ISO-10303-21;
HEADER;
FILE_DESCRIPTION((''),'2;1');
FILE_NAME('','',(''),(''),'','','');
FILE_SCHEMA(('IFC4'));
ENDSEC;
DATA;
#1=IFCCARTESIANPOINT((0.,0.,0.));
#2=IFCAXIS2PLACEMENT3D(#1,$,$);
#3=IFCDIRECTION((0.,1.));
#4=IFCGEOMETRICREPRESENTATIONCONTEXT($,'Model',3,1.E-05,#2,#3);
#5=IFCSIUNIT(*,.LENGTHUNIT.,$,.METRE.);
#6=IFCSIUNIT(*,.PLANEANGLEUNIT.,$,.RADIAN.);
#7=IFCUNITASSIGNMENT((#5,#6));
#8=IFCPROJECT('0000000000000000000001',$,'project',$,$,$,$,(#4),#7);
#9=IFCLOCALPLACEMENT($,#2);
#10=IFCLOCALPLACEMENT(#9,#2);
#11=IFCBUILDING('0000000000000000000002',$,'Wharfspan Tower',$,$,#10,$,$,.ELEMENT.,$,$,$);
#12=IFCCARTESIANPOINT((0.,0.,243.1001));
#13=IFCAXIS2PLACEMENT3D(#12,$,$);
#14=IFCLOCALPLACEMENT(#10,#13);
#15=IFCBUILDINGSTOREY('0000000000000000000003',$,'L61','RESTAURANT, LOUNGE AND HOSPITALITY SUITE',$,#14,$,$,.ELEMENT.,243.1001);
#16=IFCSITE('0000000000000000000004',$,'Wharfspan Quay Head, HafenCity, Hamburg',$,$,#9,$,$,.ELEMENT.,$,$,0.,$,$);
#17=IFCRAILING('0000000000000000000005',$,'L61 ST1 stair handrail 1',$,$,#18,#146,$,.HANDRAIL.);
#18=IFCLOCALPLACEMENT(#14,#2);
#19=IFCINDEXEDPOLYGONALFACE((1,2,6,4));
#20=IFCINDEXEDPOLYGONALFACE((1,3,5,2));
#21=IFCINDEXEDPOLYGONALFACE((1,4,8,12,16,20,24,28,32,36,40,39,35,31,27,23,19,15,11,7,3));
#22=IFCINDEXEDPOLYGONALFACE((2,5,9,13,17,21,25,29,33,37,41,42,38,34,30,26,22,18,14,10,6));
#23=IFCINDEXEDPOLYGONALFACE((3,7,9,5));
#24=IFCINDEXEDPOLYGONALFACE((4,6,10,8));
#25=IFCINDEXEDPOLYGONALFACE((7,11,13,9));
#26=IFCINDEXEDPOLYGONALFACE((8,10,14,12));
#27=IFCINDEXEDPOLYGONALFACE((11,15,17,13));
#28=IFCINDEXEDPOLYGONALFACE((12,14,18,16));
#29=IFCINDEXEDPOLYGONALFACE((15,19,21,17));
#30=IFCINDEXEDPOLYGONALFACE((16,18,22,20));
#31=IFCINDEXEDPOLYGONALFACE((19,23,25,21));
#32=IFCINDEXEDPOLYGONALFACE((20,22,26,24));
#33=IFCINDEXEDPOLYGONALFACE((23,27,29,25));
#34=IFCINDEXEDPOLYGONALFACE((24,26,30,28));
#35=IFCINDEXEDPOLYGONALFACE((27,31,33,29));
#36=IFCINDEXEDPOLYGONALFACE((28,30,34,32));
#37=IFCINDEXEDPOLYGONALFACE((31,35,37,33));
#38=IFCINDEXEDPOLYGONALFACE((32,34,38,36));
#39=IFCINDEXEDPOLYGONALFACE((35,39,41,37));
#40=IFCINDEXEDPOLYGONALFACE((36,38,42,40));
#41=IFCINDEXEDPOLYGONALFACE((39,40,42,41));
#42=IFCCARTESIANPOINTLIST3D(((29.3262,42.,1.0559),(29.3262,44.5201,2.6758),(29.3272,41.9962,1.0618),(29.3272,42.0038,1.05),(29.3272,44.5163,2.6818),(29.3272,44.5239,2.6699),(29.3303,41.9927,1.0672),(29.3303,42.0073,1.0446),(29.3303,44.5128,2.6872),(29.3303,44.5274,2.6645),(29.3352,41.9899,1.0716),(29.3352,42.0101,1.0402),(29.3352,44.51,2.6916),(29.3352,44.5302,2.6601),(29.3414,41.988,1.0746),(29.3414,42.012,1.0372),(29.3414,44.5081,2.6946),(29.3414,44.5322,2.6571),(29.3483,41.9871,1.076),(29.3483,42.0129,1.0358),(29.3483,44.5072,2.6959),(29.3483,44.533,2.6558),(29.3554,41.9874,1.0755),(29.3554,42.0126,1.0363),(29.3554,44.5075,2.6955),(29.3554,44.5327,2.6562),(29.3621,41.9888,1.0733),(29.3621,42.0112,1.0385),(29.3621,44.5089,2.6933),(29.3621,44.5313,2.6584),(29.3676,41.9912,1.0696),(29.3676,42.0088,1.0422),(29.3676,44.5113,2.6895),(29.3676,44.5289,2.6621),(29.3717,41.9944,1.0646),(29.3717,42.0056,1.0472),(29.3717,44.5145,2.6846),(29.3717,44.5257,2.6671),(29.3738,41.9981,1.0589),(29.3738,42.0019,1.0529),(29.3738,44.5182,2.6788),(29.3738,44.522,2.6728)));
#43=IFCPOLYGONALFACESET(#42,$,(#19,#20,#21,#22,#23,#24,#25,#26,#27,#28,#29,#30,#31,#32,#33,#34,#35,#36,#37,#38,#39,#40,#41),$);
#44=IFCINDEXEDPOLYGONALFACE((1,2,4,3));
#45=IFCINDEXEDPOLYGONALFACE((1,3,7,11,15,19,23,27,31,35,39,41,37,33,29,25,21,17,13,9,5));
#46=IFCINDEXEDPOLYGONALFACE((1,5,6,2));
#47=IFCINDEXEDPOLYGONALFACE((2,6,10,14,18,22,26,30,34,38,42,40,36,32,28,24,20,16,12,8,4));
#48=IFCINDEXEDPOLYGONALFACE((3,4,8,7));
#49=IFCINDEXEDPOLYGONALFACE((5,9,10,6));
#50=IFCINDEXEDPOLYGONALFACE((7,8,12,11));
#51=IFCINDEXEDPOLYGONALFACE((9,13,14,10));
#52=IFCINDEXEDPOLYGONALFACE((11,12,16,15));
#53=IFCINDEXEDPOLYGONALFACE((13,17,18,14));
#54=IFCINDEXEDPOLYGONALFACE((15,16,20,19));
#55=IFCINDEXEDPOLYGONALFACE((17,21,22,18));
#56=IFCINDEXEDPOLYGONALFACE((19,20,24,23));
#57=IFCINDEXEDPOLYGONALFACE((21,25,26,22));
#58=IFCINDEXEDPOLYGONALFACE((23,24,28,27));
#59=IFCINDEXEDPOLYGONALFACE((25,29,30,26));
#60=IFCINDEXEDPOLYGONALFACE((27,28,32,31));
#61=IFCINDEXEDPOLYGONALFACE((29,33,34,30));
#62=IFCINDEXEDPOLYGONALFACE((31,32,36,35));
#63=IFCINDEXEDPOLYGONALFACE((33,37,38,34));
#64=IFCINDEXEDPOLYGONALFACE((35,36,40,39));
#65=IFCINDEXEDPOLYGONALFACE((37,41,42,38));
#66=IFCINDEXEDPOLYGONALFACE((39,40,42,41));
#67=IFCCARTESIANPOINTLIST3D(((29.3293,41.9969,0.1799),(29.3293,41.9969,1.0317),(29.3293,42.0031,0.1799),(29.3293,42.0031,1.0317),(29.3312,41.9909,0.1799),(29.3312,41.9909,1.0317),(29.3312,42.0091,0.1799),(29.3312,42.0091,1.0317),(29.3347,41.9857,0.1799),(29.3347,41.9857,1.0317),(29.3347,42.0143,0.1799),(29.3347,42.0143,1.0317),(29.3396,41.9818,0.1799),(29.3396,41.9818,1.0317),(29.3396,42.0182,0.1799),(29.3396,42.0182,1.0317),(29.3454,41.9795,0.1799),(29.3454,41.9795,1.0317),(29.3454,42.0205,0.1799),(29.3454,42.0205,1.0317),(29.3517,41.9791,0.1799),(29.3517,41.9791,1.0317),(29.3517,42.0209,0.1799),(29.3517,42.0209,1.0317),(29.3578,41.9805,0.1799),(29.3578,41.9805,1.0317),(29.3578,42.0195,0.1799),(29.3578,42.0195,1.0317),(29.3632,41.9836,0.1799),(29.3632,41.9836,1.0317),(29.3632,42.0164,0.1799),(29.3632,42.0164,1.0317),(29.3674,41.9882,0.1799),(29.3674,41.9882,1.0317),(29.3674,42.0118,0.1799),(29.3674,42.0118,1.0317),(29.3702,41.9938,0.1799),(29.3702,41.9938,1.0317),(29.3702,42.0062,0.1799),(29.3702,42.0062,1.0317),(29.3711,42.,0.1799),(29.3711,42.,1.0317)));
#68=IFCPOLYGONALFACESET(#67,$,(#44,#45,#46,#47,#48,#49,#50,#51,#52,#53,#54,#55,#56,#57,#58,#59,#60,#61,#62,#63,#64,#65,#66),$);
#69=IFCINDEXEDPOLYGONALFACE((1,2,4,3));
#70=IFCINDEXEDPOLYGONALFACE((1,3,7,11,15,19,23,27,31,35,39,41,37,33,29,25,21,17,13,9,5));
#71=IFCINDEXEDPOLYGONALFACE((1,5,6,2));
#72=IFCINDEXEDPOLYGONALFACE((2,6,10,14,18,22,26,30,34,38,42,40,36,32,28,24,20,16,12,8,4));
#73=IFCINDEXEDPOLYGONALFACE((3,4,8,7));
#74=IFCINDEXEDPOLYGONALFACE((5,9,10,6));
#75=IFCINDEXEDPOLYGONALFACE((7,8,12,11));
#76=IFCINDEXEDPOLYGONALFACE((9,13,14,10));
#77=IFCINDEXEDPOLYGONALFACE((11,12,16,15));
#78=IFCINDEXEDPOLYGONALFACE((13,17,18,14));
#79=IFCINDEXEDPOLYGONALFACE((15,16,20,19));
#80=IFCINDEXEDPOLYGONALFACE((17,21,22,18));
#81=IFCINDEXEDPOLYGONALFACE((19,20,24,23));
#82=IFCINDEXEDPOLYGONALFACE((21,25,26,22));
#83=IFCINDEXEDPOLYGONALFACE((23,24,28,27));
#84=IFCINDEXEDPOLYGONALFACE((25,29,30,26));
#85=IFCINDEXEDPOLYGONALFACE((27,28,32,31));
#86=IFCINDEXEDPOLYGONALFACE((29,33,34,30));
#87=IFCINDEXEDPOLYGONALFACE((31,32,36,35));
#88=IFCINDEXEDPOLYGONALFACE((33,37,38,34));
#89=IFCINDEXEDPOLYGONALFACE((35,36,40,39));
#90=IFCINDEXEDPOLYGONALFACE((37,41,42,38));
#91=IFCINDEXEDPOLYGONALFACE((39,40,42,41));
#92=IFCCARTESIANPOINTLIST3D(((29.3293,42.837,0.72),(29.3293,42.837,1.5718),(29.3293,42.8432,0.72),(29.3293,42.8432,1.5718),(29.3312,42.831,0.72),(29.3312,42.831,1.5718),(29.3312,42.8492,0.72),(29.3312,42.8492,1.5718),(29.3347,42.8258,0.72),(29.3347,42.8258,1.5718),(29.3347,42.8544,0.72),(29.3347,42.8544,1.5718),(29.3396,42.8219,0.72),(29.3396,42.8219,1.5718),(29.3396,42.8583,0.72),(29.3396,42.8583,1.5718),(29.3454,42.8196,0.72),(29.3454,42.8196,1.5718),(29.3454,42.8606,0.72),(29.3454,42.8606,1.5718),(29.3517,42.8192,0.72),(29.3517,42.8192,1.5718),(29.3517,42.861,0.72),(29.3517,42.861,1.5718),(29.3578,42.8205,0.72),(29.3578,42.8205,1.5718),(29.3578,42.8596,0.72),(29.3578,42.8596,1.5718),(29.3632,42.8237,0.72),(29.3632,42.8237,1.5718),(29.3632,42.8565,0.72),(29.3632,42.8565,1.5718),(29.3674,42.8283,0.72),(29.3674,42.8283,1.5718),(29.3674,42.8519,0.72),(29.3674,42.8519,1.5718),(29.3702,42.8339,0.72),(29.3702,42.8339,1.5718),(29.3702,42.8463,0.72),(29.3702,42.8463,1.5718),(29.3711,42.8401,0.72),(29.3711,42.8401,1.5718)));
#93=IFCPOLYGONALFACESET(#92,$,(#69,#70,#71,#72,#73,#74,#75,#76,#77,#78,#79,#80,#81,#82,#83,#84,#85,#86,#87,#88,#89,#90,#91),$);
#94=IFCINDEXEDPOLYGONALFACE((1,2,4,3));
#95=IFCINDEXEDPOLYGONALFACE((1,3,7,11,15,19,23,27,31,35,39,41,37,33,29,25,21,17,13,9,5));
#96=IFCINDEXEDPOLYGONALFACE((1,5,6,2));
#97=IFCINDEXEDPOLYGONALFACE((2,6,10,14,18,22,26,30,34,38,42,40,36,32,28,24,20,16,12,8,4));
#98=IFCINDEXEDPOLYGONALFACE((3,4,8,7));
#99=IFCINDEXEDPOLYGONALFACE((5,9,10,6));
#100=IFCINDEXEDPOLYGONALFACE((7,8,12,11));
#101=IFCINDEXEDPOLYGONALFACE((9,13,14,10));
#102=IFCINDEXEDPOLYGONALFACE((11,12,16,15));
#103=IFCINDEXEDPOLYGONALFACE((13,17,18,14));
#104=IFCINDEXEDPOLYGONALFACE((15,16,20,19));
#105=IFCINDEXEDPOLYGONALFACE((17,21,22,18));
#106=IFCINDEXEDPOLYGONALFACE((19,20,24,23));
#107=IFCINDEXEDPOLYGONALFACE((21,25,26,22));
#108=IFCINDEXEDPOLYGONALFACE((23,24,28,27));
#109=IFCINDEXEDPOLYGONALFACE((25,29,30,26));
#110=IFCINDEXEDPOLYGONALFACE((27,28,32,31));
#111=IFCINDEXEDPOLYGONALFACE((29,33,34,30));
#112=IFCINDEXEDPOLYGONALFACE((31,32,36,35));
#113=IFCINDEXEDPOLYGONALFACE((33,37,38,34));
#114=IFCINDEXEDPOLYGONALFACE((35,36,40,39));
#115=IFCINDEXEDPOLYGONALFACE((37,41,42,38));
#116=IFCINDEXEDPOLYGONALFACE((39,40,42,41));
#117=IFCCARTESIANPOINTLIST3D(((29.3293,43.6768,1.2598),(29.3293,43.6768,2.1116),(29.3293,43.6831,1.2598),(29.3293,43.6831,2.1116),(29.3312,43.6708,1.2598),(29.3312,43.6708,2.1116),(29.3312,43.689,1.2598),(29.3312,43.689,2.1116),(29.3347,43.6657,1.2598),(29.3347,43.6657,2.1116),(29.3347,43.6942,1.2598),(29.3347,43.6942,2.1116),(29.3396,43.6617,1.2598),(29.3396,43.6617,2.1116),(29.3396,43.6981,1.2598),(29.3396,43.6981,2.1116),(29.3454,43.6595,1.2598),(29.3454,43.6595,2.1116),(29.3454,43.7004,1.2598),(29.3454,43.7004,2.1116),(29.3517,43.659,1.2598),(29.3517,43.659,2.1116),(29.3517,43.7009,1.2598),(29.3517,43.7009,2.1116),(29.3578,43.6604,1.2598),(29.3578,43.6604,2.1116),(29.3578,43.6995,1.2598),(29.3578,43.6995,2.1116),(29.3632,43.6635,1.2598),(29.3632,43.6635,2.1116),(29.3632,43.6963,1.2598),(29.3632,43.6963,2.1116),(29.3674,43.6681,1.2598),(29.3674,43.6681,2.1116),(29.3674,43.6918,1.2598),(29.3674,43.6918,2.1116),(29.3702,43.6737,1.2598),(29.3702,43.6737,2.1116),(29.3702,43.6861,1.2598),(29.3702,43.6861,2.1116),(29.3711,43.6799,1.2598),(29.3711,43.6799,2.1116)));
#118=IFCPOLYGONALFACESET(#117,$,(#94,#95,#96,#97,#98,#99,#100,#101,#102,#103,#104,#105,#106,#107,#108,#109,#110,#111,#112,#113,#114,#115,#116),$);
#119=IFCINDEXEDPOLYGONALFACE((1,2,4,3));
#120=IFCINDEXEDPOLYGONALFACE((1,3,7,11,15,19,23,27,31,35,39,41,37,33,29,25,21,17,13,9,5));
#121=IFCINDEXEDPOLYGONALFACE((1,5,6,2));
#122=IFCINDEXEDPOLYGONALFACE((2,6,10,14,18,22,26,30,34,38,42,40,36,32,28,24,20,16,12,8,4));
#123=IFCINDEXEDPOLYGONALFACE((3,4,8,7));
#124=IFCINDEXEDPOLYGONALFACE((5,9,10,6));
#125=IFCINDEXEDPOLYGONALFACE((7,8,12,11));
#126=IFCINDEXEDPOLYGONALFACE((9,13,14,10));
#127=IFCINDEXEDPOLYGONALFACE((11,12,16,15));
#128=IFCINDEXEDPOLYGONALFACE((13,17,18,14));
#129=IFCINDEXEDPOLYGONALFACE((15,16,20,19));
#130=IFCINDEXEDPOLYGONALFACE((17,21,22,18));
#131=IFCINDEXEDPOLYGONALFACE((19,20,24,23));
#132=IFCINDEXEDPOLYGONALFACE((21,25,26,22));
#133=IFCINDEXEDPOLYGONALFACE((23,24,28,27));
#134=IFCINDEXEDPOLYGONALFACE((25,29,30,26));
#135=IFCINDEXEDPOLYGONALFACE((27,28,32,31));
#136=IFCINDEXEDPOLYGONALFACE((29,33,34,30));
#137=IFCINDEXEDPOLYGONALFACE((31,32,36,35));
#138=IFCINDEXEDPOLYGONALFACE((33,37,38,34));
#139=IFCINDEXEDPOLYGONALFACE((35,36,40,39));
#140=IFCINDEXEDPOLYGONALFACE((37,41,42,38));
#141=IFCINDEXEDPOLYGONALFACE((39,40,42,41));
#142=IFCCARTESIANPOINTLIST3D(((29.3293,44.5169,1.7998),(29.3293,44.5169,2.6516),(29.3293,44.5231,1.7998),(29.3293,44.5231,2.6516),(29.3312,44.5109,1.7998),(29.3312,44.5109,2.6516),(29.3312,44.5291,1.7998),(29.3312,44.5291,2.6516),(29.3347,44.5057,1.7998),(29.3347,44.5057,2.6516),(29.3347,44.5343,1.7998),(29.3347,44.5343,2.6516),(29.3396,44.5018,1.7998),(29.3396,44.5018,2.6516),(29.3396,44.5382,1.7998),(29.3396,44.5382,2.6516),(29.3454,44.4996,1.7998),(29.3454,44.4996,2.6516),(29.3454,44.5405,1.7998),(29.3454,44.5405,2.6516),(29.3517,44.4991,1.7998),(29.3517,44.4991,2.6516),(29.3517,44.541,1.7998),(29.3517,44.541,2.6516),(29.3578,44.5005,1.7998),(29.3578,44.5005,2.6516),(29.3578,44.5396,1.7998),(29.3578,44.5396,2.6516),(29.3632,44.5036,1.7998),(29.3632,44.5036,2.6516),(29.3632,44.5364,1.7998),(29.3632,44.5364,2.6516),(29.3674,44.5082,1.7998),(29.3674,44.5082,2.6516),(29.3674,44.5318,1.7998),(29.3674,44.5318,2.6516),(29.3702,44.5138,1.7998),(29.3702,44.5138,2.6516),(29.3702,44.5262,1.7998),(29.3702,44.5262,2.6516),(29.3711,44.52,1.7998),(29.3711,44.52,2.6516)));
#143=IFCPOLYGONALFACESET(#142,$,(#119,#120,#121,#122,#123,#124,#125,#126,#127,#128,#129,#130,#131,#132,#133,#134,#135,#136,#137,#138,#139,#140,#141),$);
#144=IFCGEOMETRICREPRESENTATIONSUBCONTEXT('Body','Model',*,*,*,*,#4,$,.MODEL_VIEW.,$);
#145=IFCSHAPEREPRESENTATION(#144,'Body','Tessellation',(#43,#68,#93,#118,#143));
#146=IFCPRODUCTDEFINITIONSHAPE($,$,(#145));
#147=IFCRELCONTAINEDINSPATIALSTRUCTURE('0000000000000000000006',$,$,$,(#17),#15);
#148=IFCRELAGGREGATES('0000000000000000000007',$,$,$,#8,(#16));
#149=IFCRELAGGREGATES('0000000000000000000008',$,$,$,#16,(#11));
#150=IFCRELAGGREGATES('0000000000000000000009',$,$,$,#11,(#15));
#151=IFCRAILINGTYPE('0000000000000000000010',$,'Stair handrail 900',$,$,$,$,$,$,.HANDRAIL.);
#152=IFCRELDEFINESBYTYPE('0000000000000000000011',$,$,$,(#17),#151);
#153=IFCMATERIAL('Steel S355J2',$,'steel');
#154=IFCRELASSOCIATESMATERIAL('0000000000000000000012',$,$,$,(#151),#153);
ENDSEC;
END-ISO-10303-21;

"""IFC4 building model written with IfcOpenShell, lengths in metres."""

from ifc_helpers import new_model, si_unit, direction, frame, origin, origin_2d, place, context, subcontext, project, spatial, circle, extrude, material, type_object, element, save


model = new_model("IFC4")

# Units and contexts
model_context = context("Model", 3, precision=1e-05, world=origin(), true_north=direction((0.0, 1.0)))
body_context = subcontext(model_context, "Body", "Model", "MODEL_VIEW")
ifc_project = project(units=[si_unit("LENGTHUNIT", "METRE"), si_unit("PLANEANGLEUNIT", "RADIAN")], contexts=[model_context])

# Site, building, storey
site_placement = place(None, origin())
site = spatial("IfcSite", under=ifc_project, at=site_placement, Name="Wharfspan Quay Head, HafenCity, Hamburg", CompositionType="ELEMENT", RefElevation=0.0)
building_placement = place(site_placement, origin())
building = spatial("IfcBuilding", under=site, at=building_placement, Name="Wharfspan Tower", CompositionType="ELEMENT")
storey_placement = place(building_placement, frame((0.0, 0.0, 243.1001)))
storey = spatial("IfcBuildingStorey", under=building, at=storey_placement, Name="L61", Description="RESTAURANT, LOUNGE AND HOSPITALITY SUITE", CompositionType="ELEMENT", Elevation=243.1001)

# Shared definitions
ifc_material_1 = material(Name="Steel S355J2", Category="steel")

# Railing
railing_type_1 = type_object("IfcRailingType", Name="Stair handrail 900", PredefinedType="HANDRAIL", material=ifc_material_1)
railing_1_placement = place(storey_placement, frame((29.3501, 42.0, 0.1799)))
element("IfcRailing", 1, at=railing_1_placement, inside=storey, type_object=railing_type_1, Name="L61 ST1 stair handrail 1", PredefinedType="HANDRAIL", context=body_context, shape_type="SweptSolid", body=[
    extrude(circle(Radius=0.0239, at=origin_2d()), frame((0.0, 0.0, 0.876), z_axis=(0.0, 0.8412, 0.540725), x_axis=(-1.0, 0.0, 0.0)), (0.0, 0.0, 1.0), 2.9958),
    extrude(circle(Radius=0.021, at=origin_2d()), origin(), (0.0, 0.0, 1.0), 0.8518),
    extrude(circle(Radius=0.021, at=origin_2d()), frame((0.0, 0.8401, 0.54)), (0.0, 0.0, 1.0), 0.8518),
    extrude(circle(Radius=0.021, at=origin_2d()), frame((0.0, 1.6799, 1.0798)), (0.0, 0.0, 1.0), 0.8518),
    extrude(circle(Radius=0.021, at=origin_2d()), frame((0.0, 2.52, 1.6199)), (0.0, 0.0, 1.0), 0.8518),
])

save(model, "model.ifc")
